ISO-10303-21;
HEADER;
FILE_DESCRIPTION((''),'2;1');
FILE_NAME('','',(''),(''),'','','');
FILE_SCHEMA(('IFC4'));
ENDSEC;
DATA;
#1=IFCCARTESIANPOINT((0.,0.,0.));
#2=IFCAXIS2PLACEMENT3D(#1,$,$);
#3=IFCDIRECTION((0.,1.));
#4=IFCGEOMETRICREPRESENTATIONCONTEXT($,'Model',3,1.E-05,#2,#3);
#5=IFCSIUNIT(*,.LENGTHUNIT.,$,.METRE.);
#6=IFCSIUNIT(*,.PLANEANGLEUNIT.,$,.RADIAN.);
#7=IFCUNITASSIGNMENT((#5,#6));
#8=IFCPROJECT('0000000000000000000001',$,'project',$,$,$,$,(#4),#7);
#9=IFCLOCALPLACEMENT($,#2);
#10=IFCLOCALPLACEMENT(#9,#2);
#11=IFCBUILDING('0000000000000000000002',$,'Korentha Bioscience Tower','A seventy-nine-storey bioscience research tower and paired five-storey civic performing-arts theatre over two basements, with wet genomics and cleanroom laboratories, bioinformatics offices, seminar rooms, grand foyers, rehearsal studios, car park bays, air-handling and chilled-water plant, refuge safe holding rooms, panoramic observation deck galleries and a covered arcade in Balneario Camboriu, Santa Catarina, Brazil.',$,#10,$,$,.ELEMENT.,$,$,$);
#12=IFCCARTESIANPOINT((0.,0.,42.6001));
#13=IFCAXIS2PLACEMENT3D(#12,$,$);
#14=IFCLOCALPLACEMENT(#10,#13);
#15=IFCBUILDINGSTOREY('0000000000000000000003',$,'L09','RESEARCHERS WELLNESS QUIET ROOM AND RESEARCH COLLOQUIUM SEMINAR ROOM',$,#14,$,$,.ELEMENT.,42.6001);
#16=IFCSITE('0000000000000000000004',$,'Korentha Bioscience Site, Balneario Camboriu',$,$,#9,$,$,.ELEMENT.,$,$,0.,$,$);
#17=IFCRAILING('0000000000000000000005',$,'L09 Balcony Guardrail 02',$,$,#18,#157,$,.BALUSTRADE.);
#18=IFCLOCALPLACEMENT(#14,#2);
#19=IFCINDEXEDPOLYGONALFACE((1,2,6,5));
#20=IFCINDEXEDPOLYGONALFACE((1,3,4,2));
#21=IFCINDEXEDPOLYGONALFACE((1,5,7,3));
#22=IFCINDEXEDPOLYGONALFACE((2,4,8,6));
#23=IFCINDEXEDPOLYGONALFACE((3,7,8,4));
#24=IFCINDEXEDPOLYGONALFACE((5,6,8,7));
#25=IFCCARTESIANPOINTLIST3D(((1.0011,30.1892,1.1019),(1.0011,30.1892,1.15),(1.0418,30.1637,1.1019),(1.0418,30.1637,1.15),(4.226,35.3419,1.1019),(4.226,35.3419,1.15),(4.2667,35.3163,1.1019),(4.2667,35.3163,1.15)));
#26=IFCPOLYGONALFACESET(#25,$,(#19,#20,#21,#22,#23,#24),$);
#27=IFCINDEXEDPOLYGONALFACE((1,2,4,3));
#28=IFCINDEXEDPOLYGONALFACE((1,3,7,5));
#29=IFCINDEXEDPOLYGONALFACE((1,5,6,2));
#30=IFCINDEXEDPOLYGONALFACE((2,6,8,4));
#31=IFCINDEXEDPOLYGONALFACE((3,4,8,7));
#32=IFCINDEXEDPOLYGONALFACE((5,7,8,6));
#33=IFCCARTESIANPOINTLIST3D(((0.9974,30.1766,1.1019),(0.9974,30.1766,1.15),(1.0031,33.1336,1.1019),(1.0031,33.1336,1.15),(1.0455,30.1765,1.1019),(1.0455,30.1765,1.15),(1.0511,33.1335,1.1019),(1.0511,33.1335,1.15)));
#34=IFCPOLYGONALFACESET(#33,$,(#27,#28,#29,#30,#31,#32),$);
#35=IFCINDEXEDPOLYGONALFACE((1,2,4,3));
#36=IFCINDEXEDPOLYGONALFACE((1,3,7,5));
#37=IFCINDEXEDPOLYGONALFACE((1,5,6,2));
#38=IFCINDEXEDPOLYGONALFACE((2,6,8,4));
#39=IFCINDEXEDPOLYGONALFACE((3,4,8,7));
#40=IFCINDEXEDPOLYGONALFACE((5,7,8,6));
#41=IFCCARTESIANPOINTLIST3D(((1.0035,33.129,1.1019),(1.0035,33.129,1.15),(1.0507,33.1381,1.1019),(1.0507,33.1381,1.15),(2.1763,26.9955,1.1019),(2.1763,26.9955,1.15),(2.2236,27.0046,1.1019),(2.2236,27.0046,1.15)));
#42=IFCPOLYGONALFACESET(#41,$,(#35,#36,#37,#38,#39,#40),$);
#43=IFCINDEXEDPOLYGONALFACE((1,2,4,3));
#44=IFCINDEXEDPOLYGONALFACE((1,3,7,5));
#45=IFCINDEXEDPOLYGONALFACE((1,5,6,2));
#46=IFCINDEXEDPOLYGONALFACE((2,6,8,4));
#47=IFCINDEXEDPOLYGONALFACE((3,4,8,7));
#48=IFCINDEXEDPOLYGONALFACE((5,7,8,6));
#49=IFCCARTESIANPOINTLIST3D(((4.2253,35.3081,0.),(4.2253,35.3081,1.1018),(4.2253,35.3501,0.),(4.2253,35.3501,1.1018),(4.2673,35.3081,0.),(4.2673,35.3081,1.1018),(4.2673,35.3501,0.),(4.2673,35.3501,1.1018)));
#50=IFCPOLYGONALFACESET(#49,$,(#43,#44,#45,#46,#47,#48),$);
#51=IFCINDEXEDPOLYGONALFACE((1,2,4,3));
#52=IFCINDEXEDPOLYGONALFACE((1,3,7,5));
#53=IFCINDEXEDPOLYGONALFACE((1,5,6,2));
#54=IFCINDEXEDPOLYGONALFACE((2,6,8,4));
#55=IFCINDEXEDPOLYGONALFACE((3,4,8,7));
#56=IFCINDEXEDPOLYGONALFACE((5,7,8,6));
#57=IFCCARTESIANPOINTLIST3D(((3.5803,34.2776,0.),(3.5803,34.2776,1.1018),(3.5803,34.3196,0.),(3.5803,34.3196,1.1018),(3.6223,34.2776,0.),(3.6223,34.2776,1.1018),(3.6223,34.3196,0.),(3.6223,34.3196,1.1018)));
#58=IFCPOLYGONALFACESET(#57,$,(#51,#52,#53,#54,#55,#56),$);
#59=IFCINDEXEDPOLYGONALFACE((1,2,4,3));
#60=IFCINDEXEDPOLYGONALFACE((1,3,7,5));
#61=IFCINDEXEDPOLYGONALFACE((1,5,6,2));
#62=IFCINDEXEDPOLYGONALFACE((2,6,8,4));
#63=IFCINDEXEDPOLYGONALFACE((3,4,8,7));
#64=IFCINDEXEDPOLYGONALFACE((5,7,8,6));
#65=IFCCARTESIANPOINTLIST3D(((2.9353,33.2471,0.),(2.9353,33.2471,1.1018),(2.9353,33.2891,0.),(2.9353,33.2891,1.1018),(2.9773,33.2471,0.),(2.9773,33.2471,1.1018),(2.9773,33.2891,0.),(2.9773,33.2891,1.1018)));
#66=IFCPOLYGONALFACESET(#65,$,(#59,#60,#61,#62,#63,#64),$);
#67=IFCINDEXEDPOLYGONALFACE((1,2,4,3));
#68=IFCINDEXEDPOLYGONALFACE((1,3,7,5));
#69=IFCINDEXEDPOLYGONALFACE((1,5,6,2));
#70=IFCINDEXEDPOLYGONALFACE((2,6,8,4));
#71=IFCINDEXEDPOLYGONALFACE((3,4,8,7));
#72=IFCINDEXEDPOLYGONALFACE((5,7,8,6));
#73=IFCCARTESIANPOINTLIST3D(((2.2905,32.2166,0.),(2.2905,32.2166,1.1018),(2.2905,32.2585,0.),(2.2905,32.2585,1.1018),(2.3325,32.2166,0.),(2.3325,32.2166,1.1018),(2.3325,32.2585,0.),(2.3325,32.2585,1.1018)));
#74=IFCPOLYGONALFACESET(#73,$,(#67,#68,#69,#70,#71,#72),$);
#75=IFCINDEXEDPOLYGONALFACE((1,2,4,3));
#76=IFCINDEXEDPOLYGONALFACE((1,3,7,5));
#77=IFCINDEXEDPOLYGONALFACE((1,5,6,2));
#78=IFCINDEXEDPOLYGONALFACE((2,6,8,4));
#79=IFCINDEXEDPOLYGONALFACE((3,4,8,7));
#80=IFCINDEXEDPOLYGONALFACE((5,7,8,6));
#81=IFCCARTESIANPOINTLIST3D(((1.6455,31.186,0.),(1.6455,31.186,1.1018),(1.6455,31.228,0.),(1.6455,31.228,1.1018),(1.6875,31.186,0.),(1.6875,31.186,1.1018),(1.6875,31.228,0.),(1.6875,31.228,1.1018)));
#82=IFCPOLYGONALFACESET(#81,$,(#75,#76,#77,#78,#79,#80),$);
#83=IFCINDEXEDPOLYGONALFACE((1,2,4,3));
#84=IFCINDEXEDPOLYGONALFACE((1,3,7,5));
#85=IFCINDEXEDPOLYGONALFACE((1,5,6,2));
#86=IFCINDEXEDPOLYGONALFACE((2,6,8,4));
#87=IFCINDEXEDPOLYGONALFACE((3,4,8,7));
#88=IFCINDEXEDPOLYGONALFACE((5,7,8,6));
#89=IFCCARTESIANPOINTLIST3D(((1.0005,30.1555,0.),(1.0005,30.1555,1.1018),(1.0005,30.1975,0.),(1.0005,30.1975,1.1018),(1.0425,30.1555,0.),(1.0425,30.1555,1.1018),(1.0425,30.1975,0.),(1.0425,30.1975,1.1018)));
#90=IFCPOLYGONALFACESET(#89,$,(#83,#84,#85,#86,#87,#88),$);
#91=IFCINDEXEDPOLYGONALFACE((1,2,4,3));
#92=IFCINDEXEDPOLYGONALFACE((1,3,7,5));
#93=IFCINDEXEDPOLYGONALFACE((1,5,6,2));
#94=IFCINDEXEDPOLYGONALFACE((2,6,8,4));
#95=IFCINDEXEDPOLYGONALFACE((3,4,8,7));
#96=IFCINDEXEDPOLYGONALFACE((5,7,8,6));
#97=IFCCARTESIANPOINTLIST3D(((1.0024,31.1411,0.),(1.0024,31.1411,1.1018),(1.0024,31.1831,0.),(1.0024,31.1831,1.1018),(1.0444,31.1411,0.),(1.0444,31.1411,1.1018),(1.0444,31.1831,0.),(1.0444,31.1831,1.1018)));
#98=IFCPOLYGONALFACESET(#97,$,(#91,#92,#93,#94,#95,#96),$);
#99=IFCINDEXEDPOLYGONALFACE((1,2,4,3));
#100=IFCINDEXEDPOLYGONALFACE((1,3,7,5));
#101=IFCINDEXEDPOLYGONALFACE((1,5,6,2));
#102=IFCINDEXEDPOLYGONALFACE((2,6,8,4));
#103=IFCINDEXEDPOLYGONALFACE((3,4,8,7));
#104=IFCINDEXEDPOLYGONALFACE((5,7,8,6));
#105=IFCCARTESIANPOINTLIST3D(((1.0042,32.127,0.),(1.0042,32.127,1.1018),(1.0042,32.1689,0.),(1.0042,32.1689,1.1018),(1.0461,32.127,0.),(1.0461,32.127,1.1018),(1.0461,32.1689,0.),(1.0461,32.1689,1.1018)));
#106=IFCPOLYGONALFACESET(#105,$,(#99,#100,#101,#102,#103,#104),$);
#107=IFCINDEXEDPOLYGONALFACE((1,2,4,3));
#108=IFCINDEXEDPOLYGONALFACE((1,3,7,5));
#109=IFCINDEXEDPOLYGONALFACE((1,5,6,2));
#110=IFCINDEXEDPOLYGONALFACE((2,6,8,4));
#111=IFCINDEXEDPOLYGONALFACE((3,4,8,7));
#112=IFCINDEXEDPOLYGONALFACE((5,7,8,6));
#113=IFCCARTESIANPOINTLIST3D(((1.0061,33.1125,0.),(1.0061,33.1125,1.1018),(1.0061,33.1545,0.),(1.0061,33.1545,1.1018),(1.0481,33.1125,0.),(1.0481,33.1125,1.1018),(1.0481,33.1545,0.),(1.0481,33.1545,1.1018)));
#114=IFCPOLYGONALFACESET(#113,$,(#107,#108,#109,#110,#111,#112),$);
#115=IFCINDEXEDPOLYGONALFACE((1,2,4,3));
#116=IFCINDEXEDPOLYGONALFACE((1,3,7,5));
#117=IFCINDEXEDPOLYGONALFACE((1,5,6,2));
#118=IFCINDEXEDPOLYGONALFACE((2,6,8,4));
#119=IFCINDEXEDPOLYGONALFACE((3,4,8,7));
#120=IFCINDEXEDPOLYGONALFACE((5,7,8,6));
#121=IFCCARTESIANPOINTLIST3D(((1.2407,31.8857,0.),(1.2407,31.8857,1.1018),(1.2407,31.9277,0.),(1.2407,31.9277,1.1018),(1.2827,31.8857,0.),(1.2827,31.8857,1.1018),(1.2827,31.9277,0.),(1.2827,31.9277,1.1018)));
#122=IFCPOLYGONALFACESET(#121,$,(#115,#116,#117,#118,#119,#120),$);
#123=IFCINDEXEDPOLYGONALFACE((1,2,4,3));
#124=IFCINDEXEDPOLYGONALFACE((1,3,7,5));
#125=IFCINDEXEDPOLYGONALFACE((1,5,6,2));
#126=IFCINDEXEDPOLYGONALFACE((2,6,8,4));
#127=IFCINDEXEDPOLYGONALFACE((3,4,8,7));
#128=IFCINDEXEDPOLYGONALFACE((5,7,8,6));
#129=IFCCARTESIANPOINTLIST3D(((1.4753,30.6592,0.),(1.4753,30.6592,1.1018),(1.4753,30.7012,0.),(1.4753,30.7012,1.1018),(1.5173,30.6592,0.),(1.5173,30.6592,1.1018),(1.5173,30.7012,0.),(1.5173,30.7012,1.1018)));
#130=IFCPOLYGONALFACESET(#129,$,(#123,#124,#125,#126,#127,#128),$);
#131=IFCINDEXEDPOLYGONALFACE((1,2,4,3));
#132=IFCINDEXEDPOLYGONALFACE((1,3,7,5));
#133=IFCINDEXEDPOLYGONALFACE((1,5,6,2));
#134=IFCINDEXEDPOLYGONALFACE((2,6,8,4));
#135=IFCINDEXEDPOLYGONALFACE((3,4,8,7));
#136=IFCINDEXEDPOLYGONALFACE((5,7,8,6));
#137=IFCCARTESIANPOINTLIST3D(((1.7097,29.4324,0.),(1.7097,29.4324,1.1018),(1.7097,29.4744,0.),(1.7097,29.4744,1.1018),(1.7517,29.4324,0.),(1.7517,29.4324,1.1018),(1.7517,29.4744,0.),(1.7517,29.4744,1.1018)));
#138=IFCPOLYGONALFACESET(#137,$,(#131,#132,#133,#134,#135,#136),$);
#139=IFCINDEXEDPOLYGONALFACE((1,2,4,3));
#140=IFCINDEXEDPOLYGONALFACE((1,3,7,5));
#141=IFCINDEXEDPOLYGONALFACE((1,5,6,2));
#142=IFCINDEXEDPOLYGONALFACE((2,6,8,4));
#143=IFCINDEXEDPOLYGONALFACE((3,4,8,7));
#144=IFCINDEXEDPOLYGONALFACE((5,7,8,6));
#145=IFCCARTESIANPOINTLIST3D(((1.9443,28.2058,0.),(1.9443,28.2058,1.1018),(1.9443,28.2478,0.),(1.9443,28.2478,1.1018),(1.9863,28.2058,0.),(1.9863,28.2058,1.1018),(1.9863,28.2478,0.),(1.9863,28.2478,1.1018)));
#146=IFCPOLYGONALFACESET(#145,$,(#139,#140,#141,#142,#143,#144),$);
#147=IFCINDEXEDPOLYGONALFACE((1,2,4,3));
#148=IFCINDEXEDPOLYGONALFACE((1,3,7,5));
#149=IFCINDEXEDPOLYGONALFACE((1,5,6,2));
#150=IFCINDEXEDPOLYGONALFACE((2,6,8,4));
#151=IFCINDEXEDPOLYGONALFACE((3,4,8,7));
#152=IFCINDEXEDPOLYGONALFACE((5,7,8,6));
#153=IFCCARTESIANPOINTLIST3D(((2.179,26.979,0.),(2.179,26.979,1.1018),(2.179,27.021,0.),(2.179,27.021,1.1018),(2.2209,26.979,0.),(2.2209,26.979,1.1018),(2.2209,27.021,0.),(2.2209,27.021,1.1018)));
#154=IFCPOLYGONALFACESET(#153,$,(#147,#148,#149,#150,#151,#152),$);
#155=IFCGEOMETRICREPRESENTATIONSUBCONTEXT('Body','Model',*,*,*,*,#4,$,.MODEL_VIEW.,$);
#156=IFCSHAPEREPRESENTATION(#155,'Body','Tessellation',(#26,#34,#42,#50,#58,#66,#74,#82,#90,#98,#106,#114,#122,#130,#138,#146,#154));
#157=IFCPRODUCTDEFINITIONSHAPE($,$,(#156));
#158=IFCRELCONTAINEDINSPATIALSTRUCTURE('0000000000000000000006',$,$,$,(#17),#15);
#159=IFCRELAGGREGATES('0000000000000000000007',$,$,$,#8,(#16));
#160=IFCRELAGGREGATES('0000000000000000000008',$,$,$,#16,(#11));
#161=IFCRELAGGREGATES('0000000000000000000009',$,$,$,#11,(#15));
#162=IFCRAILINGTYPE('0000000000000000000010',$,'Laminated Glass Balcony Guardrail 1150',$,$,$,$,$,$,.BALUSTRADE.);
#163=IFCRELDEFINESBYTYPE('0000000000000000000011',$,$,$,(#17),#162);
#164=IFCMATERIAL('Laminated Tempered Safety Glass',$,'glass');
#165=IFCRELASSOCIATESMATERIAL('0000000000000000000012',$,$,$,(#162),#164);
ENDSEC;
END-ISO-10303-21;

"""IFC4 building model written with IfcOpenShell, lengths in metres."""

from ifc_helpers import new_model, si_unit, direction, frame, origin, origin_2d, place, context, subcontext, project, spatial, rectangle, extrude, material, type_object, element, save


model = new_model("IFC4")

# Units and contexts
model_context = context("Model", 3, precision=1e-05, world=origin(), true_north=direction((0.0, 1.0)))
body_context = subcontext(model_context, "Body", "Model", "MODEL_VIEW")
ifc_project = project(units=[si_unit("LENGTHUNIT", "METRE"), si_unit("PLANEANGLEUNIT", "RADIAN")], contexts=[model_context])

# Site, building, storey
site_placement = place(None, origin())
site = spatial("IfcSite", under=ifc_project, at=site_placement, Name="Korentha Bioscience Site, Balneario Camboriu", CompositionType="ELEMENT", RefElevation=0.0)
building_placement = place(site_placement, origin())
building = spatial("IfcBuilding", under=site, at=building_placement, Name="Korentha Bioscience Tower", Description="A seventy-nine-storey bioscience research tower and paired five-storey civic performing-arts theatre over two basements, with wet genomics and cleanroom laboratories, bioinformatics offices, seminar rooms, grand foyers, rehearsal studios, car park bays, air-handling and chilled-water plant, refuge safe holding rooms, panoramic observation deck galleries and a covered arcade in Balneario Camboriu, Santa Catarina, Brazil.", CompositionType="ELEMENT")
storey_placement = place(building_placement, frame((0.0, 0.0, 42.6001)))
storey = spatial("IfcBuildingStorey", under=building, at=storey_placement, Name="L09", Description="RESEARCHERS WELLNESS QUIET ROOM AND RESEARCH COLLOQUIUM SEMINAR ROOM", CompositionType="ELEMENT", Elevation=42.6001)

# Railing
ifc_material_1 = material(Name="Laminated Tempered Safety Glass", Category="glass")
railing_type = type_object("IfcRailingType", Name="Laminated Glass Balcony Guardrail 1150", PredefinedType="BALUSTRADE", material=ifc_material_1)
railing_placement = place(storey_placement, frame((4.2463, 35.3291, 0.0)))
element("IfcRailing", 1, at=railing_placement, inside=storey, type_object=railing_type, Name="L09 Balcony Guardrail 02", PredefinedType="BALUSTRADE", context=body_context, shape_type="SweptSolid", body=[
    extrude(rectangle(XDim=0.0481, YDim=0.0481, at=origin_2d()), frame((0.0, 0.0, 1.126), z_axis=(-0.53053, -0.847666, 0.0), x_axis=(0.847666, -0.53053, 0.0)), (0.0, 0.0, 1.0), 6.0786),
    extrude(rectangle(XDim=0.0481, YDim=0.0481, at=origin_2d()), frame((-3.2249, -5.1526, 1.126), z_axis=(0.001899, 0.999998, 0.0), x_axis=(-0.999998, 0.001899, 0.0)), (0.0, 0.0, 1.0), 2.957),
    extrude(rectangle(XDim=0.0481, YDim=0.0481, at=origin_2d()), frame((-3.2192, -2.1956, 1.126), z_axis=(0.187816, -0.982204, 0.0), x_axis=(0.982204, 0.187816, 0.0)), (0.0, 0.0, 1.0), 6.2446),
    extrude(rectangle(XDim=0.042, YDim=0.042, at=origin_2d()), origin(), (0.0, 0.0, 1.0), 1.1018),
    extrude(rectangle(XDim=0.042, YDim=0.042, at=origin_2d()), frame((-0.645, -1.0305, 0.0)), (0.0, 0.0, 1.0), 1.1018),
    extrude(rectangle(XDim=0.042, YDim=0.042, at=origin_2d()), frame((-1.29, -2.061, 0.0)), (0.0, 0.0, 1.0), 1.1018),
    extrude(rectangle(XDim=0.042, YDim=0.042, at=origin_2d()), frame((-1.9348, -3.0916, 0.0)), (0.0, 0.0, 1.0), 1.1018),
    extrude(rectangle(XDim=0.042, YDim=0.042, at=origin_2d()), frame((-2.5798, -4.1221, 0.0)), (0.0, 0.0, 1.0), 1.1018),
    extrude(rectangle(XDim=0.042, YDim=0.042, at=origin_2d()), frame((-3.2249, -5.1526, 0.0)), (0.0, 0.0, 1.0), 1.1018),
    extrude(rectangle(XDim=0.042, YDim=0.042, at=origin_2d()), frame((-3.2229, -4.167, 0.0)), (0.0, 0.0, 1.0), 1.1018),
    extrude(rectangle(XDim=0.042, YDim=0.042, at=origin_2d()), frame((-3.2212, -3.1812, 0.0)), (0.0, 0.0, 1.0), 1.1018),
    extrude(rectangle(XDim=0.042, YDim=0.042, at=origin_2d()), frame((-3.2192, -2.1956, 0.0)), (0.0, 0.0, 1.0), 1.1018),
    extrude(rectangle(XDim=0.042, YDim=0.042, at=origin_2d()), frame((-2.9846, -3.4224, 0.0)), (0.0, 0.0, 1.0), 1.1018),
    extrude(rectangle(XDim=0.042, YDim=0.042, at=origin_2d()), frame((-2.75, -4.6489, 0.0)), (0.0, 0.0, 1.0), 1.1018),
    extrude(rectangle(XDim=0.042, YDim=0.042, at=origin_2d()), frame((-2.5156, -5.8757, 0.0)), (0.0, 0.0, 1.0), 1.1018),
    extrude(rectangle(XDim=0.042, YDim=0.042, at=origin_2d()), frame((-2.281, -7.1023, 0.0)), (0.0, 0.0, 1.0), 1.1018),
    extrude(rectangle(XDim=0.042, YDim=0.042, at=origin_2d()), frame((-2.0464, -8.3291, 0.0)), (0.0, 0.0, 1.0), 1.1018),
])

save(model, "model.ifc")
